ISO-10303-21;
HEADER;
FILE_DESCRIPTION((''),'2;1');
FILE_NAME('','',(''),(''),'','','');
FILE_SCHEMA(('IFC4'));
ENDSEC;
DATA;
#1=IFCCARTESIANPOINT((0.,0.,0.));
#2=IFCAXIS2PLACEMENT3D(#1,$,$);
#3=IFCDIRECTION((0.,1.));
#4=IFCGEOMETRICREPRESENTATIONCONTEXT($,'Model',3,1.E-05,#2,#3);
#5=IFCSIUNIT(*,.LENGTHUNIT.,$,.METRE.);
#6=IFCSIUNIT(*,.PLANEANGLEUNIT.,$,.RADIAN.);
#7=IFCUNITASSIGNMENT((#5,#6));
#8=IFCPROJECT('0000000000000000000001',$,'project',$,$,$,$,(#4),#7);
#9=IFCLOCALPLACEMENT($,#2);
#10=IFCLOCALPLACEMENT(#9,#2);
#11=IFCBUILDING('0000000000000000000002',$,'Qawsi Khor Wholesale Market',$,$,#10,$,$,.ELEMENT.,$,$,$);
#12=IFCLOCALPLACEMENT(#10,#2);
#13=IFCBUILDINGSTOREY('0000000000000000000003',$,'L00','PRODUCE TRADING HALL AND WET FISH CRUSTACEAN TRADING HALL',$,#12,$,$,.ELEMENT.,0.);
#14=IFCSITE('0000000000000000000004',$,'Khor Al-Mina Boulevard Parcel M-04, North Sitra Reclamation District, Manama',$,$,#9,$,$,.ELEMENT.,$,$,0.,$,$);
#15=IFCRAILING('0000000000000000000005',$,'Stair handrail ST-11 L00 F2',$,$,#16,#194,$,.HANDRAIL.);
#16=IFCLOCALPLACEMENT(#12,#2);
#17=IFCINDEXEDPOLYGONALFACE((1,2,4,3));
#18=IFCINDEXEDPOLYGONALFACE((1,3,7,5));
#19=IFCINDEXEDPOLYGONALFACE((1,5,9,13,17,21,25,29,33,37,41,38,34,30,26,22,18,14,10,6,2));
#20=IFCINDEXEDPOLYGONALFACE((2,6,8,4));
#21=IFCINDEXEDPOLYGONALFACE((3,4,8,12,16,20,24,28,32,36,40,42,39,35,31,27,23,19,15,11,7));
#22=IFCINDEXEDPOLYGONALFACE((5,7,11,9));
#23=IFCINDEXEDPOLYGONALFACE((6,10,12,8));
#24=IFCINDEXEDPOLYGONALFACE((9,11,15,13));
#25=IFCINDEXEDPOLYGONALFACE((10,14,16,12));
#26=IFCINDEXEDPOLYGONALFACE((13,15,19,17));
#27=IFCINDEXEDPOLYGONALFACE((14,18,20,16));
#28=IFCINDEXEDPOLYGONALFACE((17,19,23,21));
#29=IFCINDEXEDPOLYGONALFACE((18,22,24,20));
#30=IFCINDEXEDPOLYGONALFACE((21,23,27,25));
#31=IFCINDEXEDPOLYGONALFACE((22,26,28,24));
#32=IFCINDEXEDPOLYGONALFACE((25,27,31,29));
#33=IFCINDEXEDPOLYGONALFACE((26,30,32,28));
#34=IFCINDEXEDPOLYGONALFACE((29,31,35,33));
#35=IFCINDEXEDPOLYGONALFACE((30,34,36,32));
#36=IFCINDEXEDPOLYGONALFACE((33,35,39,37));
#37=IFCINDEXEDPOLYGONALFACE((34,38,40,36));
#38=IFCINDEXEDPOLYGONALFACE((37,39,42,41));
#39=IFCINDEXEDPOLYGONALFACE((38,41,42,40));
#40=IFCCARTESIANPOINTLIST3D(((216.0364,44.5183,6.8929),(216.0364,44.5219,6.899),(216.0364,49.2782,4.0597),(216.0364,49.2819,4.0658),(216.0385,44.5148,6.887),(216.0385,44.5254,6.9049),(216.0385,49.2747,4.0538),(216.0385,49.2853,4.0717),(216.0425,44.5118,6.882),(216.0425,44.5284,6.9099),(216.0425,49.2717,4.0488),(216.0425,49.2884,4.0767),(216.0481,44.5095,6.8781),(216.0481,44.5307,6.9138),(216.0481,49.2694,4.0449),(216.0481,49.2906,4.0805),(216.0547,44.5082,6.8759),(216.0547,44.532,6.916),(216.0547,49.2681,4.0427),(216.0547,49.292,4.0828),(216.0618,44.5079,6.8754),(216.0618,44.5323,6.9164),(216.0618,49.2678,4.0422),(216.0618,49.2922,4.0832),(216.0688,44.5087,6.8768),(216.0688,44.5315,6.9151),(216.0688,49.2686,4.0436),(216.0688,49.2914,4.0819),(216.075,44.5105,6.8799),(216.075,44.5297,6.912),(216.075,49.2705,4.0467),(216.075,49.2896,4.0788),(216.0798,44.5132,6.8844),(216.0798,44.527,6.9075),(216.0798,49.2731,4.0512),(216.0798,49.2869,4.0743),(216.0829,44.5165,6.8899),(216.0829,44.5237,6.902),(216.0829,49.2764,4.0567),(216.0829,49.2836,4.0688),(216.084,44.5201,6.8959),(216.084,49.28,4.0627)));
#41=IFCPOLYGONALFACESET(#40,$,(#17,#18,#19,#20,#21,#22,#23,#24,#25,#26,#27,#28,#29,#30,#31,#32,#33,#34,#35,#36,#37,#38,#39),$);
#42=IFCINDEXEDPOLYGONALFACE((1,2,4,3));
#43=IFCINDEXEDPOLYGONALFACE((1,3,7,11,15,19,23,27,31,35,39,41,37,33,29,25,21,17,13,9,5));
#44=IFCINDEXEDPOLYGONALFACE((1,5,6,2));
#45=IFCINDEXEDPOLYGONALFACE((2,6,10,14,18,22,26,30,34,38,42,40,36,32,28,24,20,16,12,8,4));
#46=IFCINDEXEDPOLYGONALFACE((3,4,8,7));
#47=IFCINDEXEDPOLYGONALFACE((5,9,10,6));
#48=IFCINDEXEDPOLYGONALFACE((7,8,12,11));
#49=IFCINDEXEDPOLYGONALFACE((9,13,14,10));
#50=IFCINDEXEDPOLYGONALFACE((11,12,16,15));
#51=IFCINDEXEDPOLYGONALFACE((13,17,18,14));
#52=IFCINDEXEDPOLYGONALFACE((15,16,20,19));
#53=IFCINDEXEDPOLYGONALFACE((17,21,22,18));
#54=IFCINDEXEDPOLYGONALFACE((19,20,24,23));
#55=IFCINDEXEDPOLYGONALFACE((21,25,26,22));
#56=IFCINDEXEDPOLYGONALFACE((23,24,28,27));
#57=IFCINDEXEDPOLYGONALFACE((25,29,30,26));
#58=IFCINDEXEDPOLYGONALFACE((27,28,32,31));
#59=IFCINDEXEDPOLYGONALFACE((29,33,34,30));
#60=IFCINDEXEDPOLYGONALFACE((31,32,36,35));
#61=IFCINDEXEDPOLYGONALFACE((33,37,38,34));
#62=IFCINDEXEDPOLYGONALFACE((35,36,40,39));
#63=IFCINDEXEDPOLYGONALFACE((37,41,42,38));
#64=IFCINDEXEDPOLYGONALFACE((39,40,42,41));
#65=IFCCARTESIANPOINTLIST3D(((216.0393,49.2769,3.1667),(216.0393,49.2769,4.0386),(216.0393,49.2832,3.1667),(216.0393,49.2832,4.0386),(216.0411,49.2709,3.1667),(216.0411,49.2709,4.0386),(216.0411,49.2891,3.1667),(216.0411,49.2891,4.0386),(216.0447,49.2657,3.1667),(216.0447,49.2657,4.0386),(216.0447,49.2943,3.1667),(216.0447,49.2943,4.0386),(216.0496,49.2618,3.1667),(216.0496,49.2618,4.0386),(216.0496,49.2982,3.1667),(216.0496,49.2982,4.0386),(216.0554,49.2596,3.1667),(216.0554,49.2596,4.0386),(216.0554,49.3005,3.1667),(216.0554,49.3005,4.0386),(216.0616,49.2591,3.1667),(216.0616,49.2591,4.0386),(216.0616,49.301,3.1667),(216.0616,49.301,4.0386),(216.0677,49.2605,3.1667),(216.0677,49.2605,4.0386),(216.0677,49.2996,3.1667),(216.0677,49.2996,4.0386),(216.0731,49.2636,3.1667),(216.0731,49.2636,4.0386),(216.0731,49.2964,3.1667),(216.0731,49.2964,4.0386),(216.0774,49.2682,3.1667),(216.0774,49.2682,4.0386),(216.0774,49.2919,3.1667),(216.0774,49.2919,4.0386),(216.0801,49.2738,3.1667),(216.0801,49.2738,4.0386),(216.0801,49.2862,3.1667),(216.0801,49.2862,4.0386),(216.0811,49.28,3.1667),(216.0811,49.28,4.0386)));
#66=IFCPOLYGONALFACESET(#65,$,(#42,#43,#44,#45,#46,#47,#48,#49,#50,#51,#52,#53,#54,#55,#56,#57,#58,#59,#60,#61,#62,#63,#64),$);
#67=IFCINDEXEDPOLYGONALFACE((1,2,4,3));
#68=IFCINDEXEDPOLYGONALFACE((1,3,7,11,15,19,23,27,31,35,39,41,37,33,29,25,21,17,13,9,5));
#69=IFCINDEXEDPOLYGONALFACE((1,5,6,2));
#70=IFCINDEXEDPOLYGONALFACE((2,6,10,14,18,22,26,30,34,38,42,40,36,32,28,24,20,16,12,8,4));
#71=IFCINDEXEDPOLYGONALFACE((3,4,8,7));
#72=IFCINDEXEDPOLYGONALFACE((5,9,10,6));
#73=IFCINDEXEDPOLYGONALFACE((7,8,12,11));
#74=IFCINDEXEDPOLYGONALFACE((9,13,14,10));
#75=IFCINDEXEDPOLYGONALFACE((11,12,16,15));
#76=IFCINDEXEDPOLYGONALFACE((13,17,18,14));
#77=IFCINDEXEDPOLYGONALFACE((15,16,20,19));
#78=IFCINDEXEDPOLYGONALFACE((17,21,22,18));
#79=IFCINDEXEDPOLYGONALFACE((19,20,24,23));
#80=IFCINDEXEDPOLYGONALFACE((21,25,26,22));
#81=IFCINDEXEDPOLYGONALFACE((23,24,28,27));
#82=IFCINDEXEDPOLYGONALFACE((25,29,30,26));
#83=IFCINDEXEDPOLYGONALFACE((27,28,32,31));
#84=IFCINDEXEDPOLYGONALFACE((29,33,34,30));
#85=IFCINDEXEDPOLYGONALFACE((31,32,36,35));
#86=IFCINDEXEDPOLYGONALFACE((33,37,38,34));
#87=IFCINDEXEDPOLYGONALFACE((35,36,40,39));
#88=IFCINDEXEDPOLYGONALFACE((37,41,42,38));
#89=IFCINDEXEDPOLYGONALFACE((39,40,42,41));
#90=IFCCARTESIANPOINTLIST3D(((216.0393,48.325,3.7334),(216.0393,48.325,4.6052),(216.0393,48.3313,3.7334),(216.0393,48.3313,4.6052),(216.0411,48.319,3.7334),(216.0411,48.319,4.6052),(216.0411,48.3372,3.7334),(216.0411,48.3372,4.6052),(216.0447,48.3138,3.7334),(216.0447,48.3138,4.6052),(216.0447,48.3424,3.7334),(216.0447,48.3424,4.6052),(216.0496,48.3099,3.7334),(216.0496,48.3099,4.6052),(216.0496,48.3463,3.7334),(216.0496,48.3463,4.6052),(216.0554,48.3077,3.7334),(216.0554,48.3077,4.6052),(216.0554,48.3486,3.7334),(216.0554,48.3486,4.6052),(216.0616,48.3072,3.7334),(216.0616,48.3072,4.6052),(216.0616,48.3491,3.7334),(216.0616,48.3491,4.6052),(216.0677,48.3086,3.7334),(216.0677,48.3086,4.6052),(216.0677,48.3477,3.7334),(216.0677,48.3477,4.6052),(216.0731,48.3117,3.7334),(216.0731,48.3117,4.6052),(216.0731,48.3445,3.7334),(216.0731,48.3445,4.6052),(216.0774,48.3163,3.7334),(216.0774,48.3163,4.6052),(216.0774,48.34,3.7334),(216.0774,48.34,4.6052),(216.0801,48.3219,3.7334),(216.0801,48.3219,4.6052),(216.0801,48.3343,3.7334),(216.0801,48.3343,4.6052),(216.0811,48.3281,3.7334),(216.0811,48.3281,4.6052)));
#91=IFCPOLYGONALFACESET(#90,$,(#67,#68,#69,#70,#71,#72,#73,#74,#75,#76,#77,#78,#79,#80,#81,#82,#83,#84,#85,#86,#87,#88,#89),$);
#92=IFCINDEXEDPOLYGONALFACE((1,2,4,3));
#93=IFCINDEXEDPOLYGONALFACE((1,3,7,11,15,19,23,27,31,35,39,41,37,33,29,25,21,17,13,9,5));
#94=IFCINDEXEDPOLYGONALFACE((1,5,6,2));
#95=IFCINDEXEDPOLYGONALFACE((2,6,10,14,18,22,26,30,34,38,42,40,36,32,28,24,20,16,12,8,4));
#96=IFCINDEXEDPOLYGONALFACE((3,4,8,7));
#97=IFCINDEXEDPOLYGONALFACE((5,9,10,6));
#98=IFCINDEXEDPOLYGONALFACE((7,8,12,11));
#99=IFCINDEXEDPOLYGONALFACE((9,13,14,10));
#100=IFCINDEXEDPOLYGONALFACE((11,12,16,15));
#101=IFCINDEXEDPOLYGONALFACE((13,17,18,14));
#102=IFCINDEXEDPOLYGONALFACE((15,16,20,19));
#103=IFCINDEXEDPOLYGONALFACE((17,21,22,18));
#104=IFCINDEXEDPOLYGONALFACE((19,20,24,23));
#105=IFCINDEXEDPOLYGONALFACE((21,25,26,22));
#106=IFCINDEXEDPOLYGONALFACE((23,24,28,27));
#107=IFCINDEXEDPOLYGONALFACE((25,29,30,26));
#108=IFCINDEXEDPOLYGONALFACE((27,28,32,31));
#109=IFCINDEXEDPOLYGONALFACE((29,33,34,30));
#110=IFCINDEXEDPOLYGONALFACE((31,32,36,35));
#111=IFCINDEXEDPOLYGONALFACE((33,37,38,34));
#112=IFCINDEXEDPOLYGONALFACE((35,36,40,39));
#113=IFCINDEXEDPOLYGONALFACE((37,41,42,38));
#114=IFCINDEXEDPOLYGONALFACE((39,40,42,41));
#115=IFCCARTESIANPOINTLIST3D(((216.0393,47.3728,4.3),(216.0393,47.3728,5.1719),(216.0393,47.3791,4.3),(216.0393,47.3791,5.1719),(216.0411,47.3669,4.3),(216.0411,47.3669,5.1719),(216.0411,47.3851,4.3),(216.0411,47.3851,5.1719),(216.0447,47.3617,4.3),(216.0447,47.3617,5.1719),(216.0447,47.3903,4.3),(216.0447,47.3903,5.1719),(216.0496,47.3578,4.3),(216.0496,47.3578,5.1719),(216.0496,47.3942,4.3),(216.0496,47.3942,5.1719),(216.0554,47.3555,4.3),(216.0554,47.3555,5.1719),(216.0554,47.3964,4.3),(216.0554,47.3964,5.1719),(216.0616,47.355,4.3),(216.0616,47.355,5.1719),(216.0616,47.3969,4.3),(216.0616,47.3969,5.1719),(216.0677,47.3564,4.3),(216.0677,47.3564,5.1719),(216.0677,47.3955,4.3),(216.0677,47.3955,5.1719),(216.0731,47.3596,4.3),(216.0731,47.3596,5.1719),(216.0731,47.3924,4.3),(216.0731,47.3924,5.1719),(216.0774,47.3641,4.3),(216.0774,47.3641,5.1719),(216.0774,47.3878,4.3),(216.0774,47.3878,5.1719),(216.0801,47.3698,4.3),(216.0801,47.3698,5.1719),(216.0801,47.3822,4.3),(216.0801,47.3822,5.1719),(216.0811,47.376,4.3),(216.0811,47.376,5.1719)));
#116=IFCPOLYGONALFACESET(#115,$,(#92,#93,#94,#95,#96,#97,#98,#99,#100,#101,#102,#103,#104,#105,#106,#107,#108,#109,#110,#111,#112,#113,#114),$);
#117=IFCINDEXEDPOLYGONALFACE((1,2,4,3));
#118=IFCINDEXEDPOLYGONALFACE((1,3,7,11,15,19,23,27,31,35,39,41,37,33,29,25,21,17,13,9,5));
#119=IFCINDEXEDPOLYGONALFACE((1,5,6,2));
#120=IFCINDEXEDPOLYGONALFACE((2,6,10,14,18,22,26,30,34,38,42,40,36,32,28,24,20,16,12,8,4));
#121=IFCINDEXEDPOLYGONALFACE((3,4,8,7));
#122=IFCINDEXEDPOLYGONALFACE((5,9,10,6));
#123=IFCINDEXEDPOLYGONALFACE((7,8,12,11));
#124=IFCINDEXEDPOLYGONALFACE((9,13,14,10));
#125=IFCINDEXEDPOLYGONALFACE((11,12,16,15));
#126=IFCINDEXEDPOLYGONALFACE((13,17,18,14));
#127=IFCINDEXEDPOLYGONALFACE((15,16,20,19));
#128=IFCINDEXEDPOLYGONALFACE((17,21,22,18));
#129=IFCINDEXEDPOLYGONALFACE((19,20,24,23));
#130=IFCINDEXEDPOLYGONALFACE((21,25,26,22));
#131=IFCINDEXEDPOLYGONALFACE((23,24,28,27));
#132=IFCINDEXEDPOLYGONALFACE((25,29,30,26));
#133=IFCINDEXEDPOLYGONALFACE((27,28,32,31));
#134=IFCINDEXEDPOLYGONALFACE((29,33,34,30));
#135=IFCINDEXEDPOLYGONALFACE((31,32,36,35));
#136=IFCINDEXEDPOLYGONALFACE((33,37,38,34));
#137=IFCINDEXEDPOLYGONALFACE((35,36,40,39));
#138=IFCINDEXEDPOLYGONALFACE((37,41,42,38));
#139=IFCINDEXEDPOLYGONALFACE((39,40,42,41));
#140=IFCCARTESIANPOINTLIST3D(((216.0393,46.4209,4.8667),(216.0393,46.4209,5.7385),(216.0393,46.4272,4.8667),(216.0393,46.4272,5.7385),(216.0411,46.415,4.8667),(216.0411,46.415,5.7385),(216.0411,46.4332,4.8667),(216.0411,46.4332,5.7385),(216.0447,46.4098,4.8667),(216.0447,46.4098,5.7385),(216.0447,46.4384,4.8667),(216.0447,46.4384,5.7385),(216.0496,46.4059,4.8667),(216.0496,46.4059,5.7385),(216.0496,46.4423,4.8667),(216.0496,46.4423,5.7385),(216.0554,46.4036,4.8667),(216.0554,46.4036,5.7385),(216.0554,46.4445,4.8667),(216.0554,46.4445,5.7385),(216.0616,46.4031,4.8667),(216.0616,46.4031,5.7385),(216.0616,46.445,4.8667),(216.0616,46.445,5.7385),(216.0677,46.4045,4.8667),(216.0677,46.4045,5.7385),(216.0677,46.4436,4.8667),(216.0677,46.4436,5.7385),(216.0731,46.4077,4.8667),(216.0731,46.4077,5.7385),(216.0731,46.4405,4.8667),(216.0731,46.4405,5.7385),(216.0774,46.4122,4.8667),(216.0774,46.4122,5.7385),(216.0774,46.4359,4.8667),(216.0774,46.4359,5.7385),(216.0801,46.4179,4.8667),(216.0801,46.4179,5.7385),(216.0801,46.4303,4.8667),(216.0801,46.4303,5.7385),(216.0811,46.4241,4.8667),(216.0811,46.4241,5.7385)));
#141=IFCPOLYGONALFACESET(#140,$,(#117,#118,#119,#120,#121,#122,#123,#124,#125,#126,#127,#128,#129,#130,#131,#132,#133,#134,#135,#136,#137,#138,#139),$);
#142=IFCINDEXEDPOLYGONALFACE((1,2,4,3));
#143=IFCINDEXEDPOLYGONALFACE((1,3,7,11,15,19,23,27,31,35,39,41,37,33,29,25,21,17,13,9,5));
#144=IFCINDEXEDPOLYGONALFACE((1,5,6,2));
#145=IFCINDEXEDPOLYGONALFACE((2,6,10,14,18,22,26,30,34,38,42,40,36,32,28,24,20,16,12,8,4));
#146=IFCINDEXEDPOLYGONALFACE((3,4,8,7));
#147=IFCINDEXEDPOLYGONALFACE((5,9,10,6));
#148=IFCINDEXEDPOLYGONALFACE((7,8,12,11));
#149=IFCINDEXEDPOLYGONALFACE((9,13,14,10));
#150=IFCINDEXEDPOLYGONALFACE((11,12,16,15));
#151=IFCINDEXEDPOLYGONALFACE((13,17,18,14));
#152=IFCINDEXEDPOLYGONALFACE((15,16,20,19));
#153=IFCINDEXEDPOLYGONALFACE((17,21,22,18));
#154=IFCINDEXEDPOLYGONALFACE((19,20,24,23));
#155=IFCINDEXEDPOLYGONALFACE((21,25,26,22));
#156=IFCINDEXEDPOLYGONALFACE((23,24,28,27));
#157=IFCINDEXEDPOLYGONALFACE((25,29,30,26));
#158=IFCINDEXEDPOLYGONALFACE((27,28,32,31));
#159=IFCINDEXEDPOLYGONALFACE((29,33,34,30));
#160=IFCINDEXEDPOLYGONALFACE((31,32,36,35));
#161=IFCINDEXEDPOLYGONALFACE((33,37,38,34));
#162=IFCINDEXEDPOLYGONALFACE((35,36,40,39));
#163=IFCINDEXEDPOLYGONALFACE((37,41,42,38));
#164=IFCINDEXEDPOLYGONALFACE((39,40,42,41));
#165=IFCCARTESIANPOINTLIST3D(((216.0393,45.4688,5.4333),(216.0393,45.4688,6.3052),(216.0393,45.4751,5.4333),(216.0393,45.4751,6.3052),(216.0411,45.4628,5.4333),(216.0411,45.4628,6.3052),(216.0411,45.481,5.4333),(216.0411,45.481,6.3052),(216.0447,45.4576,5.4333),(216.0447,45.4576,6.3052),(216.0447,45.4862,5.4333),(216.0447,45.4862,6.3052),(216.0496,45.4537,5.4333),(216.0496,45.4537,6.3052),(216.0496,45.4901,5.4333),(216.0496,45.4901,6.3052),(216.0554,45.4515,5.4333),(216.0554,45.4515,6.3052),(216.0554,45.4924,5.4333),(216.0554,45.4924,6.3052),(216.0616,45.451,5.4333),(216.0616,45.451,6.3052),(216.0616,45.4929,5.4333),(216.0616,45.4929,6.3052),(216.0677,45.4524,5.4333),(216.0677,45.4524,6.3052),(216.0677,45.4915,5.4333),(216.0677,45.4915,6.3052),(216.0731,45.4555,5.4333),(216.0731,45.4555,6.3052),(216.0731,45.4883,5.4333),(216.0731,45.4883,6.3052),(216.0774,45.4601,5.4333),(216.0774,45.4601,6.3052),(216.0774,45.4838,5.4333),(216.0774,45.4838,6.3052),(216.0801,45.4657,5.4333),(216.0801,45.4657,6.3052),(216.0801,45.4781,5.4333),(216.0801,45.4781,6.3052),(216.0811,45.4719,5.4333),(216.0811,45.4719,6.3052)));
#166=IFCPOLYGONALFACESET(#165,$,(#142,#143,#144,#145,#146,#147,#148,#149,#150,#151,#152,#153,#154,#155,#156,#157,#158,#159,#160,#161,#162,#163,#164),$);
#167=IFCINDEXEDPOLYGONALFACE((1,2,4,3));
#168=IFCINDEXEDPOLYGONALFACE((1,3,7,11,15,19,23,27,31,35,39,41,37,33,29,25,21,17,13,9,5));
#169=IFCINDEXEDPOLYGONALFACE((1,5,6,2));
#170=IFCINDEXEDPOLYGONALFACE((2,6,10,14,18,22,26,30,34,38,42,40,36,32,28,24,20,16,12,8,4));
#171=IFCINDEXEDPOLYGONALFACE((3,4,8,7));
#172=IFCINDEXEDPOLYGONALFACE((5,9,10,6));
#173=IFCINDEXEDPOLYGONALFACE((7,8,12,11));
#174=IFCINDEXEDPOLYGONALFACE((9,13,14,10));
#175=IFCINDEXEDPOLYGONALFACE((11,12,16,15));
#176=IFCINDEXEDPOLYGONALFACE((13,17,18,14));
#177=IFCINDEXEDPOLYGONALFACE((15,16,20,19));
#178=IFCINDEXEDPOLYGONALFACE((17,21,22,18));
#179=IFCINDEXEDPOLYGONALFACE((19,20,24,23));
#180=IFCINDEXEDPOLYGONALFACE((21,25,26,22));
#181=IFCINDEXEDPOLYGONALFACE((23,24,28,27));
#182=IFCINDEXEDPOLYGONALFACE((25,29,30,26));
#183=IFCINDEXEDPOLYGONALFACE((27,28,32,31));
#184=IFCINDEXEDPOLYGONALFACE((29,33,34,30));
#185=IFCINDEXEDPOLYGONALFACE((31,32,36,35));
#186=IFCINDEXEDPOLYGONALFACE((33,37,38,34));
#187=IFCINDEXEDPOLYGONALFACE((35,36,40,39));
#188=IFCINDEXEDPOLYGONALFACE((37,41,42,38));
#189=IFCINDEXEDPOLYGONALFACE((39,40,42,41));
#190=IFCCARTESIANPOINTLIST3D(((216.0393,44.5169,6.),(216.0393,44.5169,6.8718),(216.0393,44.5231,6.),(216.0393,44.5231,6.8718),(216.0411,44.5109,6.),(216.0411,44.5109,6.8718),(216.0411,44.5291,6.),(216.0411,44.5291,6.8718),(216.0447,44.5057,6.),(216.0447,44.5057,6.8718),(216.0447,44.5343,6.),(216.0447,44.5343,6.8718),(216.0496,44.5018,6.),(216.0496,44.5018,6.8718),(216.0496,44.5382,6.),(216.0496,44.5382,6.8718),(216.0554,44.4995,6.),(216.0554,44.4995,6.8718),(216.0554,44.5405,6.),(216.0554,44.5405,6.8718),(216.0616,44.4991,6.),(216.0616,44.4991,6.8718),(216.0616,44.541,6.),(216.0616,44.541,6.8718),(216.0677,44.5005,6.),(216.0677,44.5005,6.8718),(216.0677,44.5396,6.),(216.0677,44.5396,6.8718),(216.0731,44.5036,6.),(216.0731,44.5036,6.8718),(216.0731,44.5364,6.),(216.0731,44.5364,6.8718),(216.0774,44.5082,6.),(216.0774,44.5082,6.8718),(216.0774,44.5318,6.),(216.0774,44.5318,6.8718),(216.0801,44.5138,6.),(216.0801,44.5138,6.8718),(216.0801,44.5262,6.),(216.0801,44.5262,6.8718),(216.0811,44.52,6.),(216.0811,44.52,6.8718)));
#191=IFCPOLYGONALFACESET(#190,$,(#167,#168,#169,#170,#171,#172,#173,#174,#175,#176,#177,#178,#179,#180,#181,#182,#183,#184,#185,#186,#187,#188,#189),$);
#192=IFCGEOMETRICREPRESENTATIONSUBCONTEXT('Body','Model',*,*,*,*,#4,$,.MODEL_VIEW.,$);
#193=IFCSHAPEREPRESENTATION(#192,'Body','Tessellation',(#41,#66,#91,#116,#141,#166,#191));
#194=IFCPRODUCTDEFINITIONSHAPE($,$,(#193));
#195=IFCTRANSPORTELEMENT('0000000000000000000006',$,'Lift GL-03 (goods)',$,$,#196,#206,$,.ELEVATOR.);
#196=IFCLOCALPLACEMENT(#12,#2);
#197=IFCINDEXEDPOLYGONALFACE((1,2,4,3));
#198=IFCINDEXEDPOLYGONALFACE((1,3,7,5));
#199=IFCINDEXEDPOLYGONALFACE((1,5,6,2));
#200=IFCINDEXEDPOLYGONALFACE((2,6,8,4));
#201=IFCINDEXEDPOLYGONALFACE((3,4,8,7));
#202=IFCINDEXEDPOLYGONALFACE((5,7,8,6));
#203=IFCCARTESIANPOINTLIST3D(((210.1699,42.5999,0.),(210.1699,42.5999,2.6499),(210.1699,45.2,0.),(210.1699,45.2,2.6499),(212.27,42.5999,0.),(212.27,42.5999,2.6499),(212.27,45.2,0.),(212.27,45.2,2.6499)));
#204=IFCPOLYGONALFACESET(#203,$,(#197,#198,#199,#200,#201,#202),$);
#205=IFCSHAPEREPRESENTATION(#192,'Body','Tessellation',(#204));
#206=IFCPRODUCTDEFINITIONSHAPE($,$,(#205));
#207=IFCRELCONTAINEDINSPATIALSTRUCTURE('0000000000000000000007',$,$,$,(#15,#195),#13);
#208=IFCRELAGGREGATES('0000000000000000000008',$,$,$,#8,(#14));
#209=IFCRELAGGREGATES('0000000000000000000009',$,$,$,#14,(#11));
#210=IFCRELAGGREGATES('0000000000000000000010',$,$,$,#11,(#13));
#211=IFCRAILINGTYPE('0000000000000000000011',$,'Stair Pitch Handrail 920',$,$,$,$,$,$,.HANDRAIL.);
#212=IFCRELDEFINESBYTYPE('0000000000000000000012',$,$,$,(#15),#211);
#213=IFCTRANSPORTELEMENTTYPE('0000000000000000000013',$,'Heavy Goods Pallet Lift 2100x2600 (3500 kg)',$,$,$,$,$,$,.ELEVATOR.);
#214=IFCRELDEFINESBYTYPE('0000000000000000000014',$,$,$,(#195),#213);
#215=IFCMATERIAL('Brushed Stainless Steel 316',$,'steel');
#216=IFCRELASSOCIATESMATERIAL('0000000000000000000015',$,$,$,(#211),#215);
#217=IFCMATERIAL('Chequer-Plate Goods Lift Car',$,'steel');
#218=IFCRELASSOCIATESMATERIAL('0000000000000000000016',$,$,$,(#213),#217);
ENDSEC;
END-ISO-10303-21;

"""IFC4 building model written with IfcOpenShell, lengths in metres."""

from ifc_helpers import new_model, si_unit, direction, frame, origin, origin_2d, place, context, subcontext, project, spatial, rectangle, circle, extrude, material, type_object, element, save


model = new_model("IFC4")

# Units and contexts
model_context = context("Model", 3, precision=1e-05, world=origin(), true_north=direction((0.0, 1.0)))
body_context = subcontext(model_context, "Body", "Model", "MODEL_VIEW")
ifc_project = project(units=[si_unit("LENGTHUNIT", "METRE"), si_unit("PLANEANGLEUNIT", "RADIAN")], contexts=[model_context])

# Site, building, storey
site_placement = place(None, origin())
site = spatial("IfcSite", under=ifc_project, at=site_placement, Name="Khor Al-Mina Boulevard Parcel M-04, North Sitra Reclamation District, Manama", CompositionType="ELEMENT", RefElevation=0.0)
building_placement = place(site_placement, origin())
building = spatial("IfcBuilding", under=site, at=building_placement, Name="Qawsi Khor Wholesale Market", CompositionType="ELEMENT")
storey_placement = place(building_placement, origin())
storey = spatial("IfcBuildingStorey", under=building, at=storey_placement, Name="L00", Description="PRODUCE TRADING HALL AND WET FISH CRUSTACEAN TRADING HALL", CompositionType="ELEMENT", Elevation=0.0)

# Railing
ifc_material_1 = material(Name="Brushed Stainless Steel 316", Category="steel")
railing_type = type_object("IfcRailingType", Name="Stair Pitch Handrail 920", PredefinedType="HANDRAIL", material=ifc_material_1)
railing_1_placement = place(storey_placement, frame((216.0601, 49.28, 3.1667)))
element("IfcRailing", 1, at=railing_1_placement, inside=storey, type_object=railing_type, Name="Stair handrail ST-11 L00 F2", PredefinedType="HANDRAIL", context=body_context, shape_type="SweptSolid", body=[
    extrude(circle(Radius=0.0239, at=origin_2d()), frame((0.0, 0.0, 0.896), z_axis=(0.0, -0.8593, 0.511472), x_axis=(1.0, 0.0, 0.0)), (0.0, 0.0, 1.0), 5.5393),
    extrude(circle(Radius=0.021, at=origin_2d()), origin(), (0.0, 0.0, 1.0), 0.8718),
    extrude(circle(Radius=0.021, at=origin_2d()), frame((0.0, -0.9519, 0.5667)), (0.0, 0.0, 1.0), 0.8718),
    extrude(circle(Radius=0.021, at=origin_2d()), frame((0.0, -1.9041, 1.1333)), (0.0, 0.0, 1.0), 0.8718),
    extrude(circle(Radius=0.021, at=origin_2d()), frame((0.0, -2.856, 1.7)), (0.0, 0.0, 1.0), 0.8718),
    extrude(circle(Radius=0.021, at=origin_2d()), frame((0.0, -3.8081, 2.2666)), (0.0, 0.0, 1.0), 0.8718),
    extrude(circle(Radius=0.021, at=origin_2d()), frame((0.0, -4.76, 2.8333)), (0.0, 0.0, 1.0), 0.8718),
])

# Transport element
ifc_material_2 = material(Name="Chequer-Plate Goods Lift Car", Category="steel")
transport_element_type = type_object("IfcTransportElementType", Name="Heavy Goods Pallet Lift 2100x2600 (3500 kg)", PredefinedType="ELEVATOR", material=ifc_material_2)
transport_element_placement = place(storey_placement, frame((211.22, 43.8999, 0.0), z_axis=(0.0, 0.0, 1.0), x_axis=(1.0, 0.0, 0.0)))
element("IfcTransportElement", 2, at=transport_element_placement, inside=storey, type_object=transport_element_type, Name="Lift GL-03 (goods)", PredefinedType="ELEVATOR", context=body_context, shape_type="SweptSolid", body=[
    extrude(rectangle(XDim=2.1001, YDim=2.6001, at=origin_2d()), origin(), (0.0, 0.0, 1.0), 2.6499),
])

save(model, "model.ifc")
